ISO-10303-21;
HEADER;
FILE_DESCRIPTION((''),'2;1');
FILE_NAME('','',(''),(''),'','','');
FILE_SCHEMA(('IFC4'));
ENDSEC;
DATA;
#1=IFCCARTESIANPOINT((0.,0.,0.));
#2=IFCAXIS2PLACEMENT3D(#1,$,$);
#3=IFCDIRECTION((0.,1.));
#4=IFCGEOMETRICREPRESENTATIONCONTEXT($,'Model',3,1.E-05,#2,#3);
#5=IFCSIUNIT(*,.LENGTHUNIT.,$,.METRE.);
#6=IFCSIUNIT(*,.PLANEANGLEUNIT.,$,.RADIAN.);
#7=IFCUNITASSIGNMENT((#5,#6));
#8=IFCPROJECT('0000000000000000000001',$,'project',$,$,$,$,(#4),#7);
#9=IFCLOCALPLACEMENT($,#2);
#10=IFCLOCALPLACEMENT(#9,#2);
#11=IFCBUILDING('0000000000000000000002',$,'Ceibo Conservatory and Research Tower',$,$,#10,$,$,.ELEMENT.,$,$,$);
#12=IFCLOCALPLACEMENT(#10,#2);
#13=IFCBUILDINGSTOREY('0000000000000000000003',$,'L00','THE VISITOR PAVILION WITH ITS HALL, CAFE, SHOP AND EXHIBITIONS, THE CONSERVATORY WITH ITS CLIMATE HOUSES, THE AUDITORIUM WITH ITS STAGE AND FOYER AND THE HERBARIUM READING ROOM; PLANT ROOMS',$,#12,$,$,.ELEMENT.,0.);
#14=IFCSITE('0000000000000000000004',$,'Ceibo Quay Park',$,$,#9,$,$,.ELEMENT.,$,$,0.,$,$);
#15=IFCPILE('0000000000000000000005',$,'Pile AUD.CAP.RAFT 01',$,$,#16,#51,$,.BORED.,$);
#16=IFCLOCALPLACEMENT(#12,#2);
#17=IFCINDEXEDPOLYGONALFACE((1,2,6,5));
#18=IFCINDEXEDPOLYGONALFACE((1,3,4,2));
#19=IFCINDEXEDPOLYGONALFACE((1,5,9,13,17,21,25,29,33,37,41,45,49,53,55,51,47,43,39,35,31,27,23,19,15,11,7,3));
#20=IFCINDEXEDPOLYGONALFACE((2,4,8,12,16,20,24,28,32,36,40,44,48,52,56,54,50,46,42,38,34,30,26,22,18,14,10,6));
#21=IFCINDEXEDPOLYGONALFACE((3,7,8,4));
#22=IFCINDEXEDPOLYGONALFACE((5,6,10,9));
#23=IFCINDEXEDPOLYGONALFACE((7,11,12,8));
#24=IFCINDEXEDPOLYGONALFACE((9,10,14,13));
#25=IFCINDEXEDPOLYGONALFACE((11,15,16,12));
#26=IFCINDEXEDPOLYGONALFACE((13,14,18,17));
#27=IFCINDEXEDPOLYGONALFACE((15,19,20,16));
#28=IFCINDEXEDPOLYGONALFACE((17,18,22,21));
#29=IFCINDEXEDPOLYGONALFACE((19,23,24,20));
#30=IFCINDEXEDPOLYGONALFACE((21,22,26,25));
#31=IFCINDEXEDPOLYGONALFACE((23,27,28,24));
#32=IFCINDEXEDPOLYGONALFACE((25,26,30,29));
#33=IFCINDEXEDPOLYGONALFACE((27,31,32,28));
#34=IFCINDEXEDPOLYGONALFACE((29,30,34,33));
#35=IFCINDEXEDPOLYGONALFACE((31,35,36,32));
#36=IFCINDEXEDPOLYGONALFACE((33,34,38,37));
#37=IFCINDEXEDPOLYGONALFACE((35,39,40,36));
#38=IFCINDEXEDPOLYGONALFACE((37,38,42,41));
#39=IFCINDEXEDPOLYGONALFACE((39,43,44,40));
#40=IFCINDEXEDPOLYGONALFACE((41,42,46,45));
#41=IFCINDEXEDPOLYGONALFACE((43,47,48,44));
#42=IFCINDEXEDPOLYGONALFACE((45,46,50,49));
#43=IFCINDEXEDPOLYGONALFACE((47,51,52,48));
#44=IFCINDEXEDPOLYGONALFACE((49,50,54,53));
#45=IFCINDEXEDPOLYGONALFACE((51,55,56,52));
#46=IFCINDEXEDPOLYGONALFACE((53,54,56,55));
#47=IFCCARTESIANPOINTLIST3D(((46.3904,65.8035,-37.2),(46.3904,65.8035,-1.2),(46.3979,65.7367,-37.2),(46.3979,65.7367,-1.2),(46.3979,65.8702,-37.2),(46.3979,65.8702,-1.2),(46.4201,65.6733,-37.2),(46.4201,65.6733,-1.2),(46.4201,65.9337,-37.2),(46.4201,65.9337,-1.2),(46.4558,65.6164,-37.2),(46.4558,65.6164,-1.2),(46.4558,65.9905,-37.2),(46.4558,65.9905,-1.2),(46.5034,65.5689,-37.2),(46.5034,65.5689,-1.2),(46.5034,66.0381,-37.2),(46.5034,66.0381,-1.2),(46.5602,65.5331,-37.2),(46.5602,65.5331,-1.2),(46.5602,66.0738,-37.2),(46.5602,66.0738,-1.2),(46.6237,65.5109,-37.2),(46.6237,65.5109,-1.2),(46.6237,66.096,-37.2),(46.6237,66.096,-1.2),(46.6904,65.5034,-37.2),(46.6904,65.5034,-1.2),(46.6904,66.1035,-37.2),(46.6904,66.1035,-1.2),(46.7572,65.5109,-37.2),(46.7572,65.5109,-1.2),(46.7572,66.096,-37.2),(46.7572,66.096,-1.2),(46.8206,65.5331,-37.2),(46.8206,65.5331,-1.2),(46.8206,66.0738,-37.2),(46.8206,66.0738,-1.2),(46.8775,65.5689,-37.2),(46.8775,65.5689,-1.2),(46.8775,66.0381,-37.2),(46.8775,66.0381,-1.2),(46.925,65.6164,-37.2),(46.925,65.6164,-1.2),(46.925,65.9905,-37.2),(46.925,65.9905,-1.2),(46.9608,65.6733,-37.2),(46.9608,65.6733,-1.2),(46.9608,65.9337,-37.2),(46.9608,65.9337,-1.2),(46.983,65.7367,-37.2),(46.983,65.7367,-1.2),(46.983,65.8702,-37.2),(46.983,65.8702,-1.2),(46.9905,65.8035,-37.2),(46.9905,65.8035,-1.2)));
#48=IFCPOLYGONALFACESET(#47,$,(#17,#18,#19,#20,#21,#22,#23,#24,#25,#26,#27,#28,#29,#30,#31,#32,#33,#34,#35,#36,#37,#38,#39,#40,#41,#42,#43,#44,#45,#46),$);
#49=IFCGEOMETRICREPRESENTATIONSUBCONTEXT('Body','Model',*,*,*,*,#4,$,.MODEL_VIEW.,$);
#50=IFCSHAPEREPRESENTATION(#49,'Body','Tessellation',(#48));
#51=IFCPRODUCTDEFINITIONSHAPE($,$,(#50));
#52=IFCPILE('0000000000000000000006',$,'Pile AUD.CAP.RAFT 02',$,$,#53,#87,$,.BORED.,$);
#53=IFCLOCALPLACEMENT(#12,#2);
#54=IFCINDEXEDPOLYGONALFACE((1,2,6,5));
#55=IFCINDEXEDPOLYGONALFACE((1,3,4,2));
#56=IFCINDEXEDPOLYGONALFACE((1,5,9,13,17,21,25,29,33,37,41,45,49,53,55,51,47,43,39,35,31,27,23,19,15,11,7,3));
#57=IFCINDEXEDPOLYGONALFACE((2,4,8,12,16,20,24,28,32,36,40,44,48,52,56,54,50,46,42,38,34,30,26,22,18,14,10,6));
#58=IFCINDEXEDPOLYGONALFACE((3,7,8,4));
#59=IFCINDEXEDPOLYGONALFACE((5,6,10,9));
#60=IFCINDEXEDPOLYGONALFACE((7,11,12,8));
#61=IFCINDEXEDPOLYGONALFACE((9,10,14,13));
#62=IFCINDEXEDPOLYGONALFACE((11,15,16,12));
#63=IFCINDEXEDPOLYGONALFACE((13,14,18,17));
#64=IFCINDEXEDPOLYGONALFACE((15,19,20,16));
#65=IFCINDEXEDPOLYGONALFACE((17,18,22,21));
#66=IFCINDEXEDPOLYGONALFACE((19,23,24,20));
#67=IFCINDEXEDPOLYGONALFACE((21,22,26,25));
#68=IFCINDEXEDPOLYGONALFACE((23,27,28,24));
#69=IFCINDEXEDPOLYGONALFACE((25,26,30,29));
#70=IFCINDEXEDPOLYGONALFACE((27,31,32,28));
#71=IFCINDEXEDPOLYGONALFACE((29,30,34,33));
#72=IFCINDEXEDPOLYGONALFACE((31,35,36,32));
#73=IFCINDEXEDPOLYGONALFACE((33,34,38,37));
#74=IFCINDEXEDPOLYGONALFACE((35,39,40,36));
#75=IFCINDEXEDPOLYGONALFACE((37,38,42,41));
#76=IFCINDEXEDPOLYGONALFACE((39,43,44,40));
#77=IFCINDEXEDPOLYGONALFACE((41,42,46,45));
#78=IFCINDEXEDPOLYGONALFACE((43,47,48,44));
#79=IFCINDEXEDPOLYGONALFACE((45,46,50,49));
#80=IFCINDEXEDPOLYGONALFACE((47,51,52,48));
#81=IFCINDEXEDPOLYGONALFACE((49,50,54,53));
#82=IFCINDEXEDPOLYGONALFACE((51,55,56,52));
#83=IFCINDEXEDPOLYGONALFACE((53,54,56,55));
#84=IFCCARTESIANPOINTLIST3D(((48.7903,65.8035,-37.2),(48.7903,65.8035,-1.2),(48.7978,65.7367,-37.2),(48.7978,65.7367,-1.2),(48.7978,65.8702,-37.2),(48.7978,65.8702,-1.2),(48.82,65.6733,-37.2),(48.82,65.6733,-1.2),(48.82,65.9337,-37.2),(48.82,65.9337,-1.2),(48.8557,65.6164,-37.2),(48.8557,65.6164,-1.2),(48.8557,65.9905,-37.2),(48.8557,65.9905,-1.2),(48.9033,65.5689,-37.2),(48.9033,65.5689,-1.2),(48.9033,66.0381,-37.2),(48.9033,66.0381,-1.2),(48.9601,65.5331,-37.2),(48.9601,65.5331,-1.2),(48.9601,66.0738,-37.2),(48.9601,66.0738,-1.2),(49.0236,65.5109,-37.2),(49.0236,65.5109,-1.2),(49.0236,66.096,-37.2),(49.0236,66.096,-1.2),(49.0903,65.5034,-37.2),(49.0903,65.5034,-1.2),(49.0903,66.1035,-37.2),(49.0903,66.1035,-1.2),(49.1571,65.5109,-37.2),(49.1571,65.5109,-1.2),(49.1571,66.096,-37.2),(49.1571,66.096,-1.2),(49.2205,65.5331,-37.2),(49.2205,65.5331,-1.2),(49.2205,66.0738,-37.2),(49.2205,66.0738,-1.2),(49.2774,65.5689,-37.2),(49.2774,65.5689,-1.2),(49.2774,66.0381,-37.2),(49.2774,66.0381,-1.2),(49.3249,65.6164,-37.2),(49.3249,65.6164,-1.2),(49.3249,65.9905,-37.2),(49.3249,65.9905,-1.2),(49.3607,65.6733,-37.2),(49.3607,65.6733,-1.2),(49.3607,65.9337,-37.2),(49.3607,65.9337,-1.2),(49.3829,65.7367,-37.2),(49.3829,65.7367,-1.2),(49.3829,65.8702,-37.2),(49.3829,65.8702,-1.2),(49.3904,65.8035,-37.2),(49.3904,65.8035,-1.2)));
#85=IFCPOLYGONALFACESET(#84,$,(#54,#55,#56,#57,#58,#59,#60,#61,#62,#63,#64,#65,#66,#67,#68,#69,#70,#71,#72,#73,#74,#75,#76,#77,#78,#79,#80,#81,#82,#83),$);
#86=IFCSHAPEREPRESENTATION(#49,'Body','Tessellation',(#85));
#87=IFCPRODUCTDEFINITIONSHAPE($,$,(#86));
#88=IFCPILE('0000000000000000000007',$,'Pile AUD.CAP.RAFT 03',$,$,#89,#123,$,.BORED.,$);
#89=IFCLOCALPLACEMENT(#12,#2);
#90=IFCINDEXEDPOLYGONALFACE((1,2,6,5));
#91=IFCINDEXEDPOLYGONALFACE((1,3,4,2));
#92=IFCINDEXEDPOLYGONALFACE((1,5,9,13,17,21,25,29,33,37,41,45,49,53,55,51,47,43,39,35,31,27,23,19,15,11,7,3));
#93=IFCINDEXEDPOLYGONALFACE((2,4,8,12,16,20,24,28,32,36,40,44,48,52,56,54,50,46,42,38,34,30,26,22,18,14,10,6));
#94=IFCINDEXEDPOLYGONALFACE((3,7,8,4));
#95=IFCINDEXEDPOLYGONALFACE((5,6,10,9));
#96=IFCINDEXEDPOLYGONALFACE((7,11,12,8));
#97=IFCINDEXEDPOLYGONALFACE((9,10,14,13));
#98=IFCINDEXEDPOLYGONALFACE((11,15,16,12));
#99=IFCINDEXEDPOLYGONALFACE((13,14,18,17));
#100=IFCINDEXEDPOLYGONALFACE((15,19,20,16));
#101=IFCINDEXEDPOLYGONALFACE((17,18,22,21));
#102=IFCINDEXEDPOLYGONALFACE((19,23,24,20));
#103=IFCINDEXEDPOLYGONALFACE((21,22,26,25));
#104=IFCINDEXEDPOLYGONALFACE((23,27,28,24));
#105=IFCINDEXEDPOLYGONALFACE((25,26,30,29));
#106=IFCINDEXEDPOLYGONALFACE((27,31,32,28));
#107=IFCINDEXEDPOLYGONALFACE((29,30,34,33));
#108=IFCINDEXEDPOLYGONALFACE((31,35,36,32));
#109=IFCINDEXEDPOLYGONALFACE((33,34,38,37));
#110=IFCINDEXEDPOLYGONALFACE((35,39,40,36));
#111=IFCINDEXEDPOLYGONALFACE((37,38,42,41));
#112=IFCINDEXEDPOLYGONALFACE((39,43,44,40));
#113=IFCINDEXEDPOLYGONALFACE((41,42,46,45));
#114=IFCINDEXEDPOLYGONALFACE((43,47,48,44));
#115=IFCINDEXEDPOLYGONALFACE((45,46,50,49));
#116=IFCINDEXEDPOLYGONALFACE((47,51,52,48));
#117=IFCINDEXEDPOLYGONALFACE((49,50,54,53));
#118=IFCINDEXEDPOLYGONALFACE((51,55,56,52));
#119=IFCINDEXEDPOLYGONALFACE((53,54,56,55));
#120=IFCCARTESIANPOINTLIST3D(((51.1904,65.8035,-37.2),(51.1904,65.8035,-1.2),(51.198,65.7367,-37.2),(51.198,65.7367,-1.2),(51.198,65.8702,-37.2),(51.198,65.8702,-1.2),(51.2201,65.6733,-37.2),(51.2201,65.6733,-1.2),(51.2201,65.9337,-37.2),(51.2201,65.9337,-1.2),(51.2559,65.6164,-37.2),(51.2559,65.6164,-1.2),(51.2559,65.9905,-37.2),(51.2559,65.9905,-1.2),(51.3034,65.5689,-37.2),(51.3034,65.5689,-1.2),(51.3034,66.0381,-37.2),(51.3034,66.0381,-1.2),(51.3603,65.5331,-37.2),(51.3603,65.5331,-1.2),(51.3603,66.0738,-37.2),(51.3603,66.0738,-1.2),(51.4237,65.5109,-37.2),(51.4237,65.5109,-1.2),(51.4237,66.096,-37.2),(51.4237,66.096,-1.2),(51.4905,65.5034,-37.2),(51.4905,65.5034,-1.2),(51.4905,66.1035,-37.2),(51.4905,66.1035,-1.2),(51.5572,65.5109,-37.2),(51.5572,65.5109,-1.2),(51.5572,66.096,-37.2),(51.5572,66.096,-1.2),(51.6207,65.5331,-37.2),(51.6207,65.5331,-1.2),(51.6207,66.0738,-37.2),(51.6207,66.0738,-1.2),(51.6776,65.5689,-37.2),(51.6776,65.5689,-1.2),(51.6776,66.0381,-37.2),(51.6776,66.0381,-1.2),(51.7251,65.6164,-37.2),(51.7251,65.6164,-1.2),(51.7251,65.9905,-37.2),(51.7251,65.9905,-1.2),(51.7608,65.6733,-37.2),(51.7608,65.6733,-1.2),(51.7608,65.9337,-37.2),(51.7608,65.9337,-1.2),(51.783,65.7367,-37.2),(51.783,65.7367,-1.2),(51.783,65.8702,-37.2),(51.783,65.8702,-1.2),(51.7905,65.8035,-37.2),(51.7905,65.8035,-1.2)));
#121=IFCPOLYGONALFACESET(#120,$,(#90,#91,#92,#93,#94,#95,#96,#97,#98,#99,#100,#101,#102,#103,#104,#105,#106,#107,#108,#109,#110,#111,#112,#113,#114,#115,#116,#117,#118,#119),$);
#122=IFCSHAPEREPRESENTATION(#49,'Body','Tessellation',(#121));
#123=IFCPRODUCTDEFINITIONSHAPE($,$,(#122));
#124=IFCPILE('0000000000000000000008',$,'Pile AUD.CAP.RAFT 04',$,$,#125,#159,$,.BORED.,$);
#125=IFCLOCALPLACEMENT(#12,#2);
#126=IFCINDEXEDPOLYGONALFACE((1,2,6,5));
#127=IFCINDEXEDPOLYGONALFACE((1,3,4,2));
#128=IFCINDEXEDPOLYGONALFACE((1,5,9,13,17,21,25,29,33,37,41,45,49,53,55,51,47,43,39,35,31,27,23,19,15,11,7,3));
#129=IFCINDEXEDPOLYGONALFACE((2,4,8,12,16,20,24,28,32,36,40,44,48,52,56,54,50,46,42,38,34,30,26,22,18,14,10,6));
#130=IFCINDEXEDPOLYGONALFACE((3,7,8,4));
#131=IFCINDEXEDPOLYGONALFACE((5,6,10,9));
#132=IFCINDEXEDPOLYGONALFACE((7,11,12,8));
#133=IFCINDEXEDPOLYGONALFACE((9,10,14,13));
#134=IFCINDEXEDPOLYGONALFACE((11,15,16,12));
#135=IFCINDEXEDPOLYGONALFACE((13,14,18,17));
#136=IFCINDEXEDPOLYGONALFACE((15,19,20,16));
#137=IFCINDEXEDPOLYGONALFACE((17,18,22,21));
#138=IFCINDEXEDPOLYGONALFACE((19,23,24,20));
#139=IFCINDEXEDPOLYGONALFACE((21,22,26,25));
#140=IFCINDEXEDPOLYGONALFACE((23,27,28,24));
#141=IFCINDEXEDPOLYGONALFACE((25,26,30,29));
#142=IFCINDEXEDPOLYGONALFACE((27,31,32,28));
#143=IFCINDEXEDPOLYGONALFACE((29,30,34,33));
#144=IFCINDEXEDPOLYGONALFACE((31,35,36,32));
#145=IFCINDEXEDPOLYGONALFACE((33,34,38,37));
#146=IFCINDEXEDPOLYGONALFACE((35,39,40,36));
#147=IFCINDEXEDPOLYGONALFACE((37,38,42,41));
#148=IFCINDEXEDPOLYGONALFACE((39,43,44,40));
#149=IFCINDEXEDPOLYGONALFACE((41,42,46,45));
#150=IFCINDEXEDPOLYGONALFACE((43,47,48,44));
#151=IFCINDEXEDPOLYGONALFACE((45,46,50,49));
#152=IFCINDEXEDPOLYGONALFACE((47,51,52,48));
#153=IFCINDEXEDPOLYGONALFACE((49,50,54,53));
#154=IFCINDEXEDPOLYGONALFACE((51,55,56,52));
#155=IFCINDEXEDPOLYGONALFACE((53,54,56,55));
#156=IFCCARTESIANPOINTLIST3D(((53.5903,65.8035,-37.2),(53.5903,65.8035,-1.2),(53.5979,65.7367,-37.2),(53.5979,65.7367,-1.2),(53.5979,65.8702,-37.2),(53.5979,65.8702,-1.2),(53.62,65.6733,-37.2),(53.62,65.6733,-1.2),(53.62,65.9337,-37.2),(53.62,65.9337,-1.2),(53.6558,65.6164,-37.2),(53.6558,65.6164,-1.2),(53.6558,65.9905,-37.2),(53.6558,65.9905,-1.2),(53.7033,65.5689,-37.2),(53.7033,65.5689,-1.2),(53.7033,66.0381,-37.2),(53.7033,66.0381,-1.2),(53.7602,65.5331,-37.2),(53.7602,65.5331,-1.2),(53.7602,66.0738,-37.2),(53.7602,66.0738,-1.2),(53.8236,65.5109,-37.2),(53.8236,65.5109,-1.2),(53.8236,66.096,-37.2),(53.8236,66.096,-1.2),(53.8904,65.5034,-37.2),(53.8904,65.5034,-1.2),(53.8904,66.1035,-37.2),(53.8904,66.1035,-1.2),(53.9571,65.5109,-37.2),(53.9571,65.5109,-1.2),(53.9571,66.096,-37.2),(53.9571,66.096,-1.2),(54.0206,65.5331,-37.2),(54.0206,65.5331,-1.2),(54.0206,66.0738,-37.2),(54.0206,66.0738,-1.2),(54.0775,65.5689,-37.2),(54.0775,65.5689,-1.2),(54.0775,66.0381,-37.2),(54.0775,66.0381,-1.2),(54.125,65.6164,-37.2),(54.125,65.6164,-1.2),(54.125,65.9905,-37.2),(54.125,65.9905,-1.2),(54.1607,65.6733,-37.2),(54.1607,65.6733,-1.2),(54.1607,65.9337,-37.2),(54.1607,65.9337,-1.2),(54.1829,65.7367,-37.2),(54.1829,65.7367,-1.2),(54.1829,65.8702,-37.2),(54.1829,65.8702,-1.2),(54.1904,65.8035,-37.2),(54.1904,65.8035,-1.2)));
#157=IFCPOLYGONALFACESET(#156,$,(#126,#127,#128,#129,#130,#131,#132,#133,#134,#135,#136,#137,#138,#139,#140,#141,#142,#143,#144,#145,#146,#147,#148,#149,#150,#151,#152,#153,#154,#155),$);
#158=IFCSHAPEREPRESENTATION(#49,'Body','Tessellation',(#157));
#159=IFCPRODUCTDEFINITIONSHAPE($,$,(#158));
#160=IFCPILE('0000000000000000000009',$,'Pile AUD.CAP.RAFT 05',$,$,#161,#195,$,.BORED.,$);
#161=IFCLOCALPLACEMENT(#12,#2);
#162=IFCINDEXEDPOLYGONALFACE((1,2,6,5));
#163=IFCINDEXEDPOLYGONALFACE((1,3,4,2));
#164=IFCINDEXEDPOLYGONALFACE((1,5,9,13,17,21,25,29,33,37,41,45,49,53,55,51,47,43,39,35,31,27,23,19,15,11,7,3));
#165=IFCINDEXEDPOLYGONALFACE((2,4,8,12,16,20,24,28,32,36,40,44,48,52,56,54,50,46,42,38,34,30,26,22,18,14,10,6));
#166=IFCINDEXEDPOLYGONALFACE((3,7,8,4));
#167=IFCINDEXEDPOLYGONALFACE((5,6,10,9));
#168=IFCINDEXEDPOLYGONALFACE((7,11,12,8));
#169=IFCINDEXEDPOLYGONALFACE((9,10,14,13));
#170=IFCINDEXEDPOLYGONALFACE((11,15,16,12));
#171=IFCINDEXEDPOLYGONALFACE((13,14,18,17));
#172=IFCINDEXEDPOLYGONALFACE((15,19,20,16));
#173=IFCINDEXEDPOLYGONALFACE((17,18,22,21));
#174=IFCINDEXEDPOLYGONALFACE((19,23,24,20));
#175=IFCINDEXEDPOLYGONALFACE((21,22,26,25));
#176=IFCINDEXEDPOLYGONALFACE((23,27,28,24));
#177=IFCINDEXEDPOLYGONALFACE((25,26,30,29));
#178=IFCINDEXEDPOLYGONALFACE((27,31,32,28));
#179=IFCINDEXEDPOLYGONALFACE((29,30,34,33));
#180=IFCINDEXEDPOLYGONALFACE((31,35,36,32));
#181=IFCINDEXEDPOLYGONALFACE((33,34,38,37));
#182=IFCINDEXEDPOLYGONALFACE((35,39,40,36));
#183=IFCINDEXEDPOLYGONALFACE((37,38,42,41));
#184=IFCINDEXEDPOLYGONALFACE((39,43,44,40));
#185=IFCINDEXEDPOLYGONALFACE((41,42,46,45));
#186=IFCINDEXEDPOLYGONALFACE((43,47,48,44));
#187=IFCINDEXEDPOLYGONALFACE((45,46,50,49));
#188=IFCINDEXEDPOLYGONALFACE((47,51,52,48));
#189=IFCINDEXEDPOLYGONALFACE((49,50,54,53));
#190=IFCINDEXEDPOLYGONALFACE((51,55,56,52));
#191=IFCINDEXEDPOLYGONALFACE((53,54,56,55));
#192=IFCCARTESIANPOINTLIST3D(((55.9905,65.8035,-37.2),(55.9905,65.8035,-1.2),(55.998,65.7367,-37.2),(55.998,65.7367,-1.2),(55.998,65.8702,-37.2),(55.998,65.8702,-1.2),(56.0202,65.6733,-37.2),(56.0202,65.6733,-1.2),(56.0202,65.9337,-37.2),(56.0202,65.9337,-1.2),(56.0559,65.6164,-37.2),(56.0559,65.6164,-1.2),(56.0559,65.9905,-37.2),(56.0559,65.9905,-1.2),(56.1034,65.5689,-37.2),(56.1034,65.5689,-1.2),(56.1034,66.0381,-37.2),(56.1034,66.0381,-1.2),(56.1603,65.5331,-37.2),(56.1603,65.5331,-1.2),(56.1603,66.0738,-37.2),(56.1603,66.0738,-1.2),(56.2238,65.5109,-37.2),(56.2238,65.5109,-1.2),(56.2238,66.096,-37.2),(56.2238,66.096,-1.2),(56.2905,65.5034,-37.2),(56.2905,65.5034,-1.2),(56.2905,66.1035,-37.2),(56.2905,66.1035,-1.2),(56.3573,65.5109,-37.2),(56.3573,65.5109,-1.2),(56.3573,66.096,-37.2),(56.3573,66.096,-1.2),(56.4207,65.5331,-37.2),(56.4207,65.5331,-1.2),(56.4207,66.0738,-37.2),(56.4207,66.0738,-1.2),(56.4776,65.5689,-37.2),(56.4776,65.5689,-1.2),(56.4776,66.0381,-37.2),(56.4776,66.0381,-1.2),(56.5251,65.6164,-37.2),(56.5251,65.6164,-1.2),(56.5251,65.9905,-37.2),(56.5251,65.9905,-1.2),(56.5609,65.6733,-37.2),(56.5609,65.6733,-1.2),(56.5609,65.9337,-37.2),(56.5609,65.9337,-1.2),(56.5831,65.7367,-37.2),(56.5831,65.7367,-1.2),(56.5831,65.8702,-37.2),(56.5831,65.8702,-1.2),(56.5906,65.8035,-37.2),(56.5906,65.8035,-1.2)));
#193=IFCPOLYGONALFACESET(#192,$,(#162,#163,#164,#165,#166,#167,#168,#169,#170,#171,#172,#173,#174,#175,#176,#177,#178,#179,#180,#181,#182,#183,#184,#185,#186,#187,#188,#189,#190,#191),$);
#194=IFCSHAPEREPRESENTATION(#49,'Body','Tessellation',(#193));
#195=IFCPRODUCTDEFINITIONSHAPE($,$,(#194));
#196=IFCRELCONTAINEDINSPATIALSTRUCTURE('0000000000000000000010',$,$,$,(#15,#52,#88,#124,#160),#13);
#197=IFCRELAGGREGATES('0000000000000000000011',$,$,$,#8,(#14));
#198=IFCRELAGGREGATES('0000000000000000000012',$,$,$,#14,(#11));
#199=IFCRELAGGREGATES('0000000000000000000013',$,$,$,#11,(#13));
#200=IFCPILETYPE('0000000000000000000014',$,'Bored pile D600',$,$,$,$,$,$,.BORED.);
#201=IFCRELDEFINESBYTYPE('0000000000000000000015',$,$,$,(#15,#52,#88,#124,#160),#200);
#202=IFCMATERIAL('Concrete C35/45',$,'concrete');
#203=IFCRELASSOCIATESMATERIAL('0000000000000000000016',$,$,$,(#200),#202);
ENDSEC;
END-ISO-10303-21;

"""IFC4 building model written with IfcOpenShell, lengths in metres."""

from ifc_helpers import new_model, si_unit, direction, frame, origin, origin_2d, place, context, subcontext, project, spatial, circle, extrude, material, material_profile, profile_set, type_object, element, save


model = new_model("IFC4")

# Units and contexts
model_context = context("Model", 3, precision=1e-05, world=origin(), true_north=direction((0.0, 1.0)))
body_context = subcontext(model_context, "Body", "Model", "MODEL_VIEW")
ifc_project = project(units=[si_unit("LENGTHUNIT", "METRE"), si_unit("PLANEANGLEUNIT", "RADIAN")], contexts=[model_context])

# Site, building, storey
site_placement = place(None, origin())
site = spatial("IfcSite", under=ifc_project, at=site_placement, Name="Ceibo Quay Park", CompositionType="ELEMENT", RefElevation=0.0)
building_placement = place(site_placement, origin())
building = spatial("IfcBuilding", under=site, at=building_placement, Name="Ceibo Conservatory and Research Tower", CompositionType="ELEMENT")
storey_placement = place(building_placement, origin())
storey = spatial("IfcBuildingStorey", under=building, at=storey_placement, Name="L00", Description="THE VISITOR PAVILION WITH ITS HALL, CAFE, SHOP AND EXHIBITIONS, THE CONSERVATORY WITH ITS CLIMATE HOUSES, THE AUDITORIUM WITH ITS STAGE AND FOYER AND THE HERBARIUM READING ROOM; PLANT ROOMS", CompositionType="ELEMENT", Elevation=0.0)

# Piles
ifc_material_1 = material(Name="Concrete C35/45", Category="concrete")
ifc_material_profile = material_profile(ifc_material_1, circle(Radius=0.3, at=origin_2d()), Name="RC D600")
ifc_profile_set = profile_set([ifc_material_profile], Name="Concrete C35/45")
pile_type = type_object("IfcPileType", Name="Bored pile D600", PredefinedType="BORED", material=ifc_profile_set)
for number, where, z_axis, x_axis, name in (
    (1, (46.6904, 65.8035, -1.2), (0.0, 0.0, -1.0), (1.0, 0.0, 0.0), "Pile AUD.CAP.RAFT 01"),
    (2, (49.0903, 65.8035, -1.2), (0.0, 0.0, -1.0), (1.0, 0.0, 0.0), "Pile AUD.CAP.RAFT 02"),
    (3, (51.4905, 65.8035, -1.2), (0.0, 0.0, -1.0), (1.0, 0.0, 0.0), "Pile AUD.CAP.RAFT 03"),
    (4, (53.8904, 65.8035, -1.2), (0.0, 0.0, -1.0), (1.0, 0.0, 0.0), "Pile AUD.CAP.RAFT 04"),
    (5, (56.2905, 65.8035, -1.2), (0.0, 0.0, -1.0), (1.0, 0.0, 0.0), "Pile AUD.CAP.RAFT 05"),
):
    element("IfcPile", number, at=place(storey_placement, frame(where, z_axis=z_axis, x_axis=x_axis)), inside=storey, type_object=pile_type, Name=name, PredefinedType="BORED", context=body_context, shape_type="SweptSolid", body=[
        extrude(circle(Radius=0.3, at=origin_2d()), origin(), (0.0, 0.0, 1.0), 36.0),
    ])

save(model, "model.ifc")
